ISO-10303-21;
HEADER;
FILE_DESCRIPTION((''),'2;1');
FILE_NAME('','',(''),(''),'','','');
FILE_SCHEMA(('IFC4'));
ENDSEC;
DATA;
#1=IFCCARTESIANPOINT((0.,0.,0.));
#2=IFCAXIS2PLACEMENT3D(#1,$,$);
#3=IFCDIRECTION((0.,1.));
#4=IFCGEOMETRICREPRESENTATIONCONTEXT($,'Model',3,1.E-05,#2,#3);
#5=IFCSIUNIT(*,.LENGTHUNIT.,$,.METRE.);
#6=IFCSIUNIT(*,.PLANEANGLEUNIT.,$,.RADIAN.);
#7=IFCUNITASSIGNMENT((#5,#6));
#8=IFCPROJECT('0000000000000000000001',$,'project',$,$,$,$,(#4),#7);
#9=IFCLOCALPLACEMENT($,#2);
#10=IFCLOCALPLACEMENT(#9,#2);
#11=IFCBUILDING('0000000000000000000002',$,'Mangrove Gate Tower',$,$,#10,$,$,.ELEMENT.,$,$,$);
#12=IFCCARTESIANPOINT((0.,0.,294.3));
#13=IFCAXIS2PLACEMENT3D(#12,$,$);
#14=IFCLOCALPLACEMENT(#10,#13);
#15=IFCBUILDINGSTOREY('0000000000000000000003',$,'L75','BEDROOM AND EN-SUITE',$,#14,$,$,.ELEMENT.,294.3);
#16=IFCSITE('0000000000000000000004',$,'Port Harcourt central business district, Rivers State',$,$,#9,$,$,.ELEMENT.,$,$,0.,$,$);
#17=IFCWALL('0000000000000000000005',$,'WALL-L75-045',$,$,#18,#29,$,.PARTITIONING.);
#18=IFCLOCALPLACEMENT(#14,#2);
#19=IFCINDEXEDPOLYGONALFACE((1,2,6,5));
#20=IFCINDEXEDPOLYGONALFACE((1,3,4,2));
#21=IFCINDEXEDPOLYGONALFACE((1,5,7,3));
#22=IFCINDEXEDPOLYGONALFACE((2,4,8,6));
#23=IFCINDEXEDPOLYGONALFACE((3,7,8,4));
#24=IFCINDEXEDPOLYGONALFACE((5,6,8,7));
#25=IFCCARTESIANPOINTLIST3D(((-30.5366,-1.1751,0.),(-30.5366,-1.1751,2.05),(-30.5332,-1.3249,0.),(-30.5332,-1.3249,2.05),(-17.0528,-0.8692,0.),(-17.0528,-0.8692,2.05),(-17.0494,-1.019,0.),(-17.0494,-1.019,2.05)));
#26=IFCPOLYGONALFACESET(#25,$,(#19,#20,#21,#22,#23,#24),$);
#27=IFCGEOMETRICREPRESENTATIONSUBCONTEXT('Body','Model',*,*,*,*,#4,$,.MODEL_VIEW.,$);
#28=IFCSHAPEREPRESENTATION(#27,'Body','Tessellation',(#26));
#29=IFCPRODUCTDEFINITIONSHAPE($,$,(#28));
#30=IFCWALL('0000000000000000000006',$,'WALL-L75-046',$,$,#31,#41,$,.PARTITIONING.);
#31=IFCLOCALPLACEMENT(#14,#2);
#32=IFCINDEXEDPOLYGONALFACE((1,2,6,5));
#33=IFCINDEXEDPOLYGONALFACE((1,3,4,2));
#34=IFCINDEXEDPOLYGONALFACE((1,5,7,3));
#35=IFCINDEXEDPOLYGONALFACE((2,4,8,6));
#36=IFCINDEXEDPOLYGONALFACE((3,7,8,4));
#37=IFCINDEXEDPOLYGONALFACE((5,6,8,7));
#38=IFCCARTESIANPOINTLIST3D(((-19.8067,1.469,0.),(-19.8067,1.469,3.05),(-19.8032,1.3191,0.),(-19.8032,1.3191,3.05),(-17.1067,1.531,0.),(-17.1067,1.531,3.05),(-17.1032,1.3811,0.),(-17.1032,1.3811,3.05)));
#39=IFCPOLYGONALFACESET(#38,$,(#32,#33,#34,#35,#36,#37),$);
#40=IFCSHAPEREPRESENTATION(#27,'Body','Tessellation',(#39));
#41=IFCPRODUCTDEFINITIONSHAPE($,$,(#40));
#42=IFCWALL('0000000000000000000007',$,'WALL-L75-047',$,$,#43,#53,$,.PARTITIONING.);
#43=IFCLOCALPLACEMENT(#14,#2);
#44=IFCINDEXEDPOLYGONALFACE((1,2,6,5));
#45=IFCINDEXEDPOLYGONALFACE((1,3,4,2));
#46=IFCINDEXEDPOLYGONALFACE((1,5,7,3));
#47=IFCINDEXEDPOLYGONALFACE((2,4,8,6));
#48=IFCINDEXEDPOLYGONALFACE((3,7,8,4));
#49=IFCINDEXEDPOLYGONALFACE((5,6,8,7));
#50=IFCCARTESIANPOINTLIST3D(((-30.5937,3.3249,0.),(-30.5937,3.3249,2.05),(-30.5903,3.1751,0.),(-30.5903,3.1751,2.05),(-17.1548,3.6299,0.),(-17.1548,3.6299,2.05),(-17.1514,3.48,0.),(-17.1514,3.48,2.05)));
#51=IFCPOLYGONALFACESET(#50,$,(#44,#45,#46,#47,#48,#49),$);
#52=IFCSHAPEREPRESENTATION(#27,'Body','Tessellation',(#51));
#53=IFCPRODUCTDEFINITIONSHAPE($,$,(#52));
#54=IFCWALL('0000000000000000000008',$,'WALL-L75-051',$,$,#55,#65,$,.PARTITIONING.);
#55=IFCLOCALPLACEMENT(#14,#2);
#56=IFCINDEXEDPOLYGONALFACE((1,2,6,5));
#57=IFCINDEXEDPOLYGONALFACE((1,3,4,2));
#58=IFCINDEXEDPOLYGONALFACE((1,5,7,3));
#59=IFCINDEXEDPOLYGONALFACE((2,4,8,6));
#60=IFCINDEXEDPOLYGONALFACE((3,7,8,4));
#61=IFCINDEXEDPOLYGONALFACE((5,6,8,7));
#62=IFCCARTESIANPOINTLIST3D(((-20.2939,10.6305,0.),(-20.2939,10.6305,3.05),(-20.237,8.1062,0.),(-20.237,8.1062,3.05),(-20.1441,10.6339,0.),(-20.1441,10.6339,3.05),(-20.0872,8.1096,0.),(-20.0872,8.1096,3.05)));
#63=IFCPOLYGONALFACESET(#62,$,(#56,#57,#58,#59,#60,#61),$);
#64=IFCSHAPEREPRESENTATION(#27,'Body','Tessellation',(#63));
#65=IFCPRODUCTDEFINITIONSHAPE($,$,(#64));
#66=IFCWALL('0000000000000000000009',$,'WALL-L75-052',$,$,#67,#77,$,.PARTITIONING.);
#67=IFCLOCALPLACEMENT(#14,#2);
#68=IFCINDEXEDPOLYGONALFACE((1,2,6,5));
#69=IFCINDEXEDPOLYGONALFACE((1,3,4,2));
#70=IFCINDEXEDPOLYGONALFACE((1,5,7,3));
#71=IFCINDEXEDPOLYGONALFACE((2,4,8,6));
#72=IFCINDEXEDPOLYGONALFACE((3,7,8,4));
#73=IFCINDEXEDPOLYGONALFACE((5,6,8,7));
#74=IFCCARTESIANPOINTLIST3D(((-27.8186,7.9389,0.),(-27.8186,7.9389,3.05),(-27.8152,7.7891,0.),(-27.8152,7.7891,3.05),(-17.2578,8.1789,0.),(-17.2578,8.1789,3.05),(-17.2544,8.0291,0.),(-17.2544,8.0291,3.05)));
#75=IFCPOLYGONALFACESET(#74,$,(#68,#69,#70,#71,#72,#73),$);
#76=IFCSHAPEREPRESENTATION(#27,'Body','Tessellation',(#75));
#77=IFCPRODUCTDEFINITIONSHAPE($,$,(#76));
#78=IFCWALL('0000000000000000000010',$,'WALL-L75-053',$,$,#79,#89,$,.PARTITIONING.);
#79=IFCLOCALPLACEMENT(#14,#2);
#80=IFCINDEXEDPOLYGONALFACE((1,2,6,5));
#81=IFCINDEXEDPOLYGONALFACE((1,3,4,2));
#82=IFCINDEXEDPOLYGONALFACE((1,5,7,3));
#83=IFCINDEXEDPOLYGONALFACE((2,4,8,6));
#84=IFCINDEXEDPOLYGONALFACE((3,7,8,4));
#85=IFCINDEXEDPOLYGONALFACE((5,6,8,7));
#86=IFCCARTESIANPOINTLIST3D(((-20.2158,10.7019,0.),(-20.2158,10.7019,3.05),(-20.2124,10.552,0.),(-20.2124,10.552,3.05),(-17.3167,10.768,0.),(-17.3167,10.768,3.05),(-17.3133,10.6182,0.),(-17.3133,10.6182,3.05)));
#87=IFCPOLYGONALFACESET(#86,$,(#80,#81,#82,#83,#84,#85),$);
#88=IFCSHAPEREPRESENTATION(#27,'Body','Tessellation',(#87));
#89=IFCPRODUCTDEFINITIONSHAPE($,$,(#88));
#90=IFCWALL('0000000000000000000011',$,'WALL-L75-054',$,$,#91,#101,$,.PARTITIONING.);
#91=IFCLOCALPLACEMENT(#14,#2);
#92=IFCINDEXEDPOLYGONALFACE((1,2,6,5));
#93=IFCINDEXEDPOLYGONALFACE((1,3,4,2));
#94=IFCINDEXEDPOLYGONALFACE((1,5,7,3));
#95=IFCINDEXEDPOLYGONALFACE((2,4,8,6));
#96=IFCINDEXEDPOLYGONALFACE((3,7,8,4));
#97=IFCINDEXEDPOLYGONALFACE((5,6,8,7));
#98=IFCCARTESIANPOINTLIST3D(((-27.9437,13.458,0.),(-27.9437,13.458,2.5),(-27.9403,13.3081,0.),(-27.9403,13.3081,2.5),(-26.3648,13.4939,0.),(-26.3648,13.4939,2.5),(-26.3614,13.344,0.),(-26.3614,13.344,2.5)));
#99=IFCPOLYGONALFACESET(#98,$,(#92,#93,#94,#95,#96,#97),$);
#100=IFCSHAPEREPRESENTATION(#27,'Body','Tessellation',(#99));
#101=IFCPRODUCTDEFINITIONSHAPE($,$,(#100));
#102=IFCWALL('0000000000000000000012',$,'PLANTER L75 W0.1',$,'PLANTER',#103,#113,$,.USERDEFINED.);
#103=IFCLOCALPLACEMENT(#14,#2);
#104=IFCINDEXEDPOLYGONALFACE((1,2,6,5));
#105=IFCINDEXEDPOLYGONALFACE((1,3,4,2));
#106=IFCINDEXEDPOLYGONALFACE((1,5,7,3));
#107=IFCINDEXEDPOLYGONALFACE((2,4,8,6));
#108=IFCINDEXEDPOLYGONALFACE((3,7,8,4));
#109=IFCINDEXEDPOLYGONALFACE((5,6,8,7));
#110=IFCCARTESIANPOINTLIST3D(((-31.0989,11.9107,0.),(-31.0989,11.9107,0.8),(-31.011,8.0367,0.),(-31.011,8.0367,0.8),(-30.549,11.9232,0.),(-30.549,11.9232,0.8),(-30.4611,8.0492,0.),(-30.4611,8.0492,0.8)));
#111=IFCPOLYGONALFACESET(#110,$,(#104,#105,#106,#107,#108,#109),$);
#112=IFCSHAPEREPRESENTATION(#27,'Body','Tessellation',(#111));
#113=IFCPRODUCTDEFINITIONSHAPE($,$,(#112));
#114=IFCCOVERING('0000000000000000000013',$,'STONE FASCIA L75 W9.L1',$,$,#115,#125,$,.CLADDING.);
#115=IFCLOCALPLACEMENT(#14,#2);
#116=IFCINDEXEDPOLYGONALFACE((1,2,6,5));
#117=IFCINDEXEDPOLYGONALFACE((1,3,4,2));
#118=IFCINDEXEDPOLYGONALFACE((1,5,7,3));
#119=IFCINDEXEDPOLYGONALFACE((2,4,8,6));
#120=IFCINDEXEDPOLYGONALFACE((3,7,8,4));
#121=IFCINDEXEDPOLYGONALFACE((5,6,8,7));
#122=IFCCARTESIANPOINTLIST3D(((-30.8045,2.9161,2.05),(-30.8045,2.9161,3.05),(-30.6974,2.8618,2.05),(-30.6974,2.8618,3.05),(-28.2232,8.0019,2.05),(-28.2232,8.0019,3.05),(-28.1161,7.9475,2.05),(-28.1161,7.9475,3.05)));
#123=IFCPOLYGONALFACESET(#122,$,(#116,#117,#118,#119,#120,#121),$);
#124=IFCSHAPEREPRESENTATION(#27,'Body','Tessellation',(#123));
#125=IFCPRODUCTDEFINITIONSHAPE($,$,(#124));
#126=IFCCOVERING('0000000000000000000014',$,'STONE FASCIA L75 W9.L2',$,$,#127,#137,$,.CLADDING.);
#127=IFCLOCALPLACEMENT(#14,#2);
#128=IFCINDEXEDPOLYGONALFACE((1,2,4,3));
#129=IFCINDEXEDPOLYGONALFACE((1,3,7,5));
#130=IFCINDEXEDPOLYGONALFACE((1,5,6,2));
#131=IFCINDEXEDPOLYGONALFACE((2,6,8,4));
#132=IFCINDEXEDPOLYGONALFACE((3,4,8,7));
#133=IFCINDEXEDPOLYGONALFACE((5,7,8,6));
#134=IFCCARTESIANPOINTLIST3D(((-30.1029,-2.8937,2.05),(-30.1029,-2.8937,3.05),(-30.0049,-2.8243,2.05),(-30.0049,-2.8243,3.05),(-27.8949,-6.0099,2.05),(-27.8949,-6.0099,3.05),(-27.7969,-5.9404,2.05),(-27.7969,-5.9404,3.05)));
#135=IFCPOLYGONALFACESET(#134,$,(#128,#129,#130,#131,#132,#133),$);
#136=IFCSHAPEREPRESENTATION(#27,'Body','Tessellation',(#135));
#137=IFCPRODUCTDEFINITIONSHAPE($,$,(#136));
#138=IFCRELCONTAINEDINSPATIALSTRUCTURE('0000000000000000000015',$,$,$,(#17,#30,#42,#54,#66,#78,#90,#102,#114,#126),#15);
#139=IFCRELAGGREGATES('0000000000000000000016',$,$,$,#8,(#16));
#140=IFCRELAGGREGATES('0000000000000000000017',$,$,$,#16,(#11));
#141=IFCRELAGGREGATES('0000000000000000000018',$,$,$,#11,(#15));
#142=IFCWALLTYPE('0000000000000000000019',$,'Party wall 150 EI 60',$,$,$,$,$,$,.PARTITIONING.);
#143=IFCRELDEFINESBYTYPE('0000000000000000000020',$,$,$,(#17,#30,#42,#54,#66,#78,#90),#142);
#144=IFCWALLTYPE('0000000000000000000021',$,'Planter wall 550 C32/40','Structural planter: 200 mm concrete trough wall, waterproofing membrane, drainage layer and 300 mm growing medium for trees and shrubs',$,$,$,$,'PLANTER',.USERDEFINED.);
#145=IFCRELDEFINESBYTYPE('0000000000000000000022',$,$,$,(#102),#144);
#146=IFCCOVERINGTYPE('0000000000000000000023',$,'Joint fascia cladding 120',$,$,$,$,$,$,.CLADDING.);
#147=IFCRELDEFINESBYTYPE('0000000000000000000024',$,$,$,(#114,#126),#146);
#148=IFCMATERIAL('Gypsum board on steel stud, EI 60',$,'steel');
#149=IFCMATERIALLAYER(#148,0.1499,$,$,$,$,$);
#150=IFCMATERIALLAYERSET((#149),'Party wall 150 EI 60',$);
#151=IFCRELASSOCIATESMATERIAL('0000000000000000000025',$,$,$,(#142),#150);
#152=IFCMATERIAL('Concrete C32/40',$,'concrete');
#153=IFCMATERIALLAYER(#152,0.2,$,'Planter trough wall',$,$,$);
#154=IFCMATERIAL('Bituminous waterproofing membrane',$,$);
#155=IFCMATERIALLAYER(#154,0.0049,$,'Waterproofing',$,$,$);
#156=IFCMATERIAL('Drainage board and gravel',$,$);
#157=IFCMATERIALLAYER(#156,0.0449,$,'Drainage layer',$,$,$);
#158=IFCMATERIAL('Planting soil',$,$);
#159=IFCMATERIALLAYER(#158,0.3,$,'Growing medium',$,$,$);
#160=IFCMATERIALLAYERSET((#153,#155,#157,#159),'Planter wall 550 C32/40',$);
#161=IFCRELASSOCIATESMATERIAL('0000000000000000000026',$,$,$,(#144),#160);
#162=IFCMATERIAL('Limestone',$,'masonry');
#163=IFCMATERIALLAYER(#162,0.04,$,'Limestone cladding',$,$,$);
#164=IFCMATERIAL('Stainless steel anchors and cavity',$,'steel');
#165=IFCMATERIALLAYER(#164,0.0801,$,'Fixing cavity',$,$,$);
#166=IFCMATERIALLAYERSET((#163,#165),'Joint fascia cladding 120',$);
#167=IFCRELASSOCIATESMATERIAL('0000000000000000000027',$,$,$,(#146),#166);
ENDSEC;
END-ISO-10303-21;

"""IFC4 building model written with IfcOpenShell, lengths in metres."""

from ifc_helpers import new_model, si_unit, direction, frame, frame_2d, origin, place, context, subcontext, project, spatial, rectangle, extrude, material, layer, layer_set, type_object, element, save


model = new_model("IFC4")

# Units and contexts
model_context = context("Model", 3, precision=1e-05, world=origin(), true_north=direction((0.0, 1.0)))
body_context = subcontext(model_context, "Body", "Model", "MODEL_VIEW")
ifc_project = project(units=[si_unit("LENGTHUNIT", "METRE"), si_unit("PLANEANGLEUNIT", "RADIAN")], contexts=[model_context])

# Site, building, storey
site_placement = place(None, origin())
site = spatial("IfcSite", under=ifc_project, at=site_placement, Name="Port Harcourt central business district, Rivers State", CompositionType="ELEMENT", RefElevation=0.0)
building_placement = place(site_placement, origin())
building = spatial("IfcBuilding", under=site, at=building_placement, Name="Mangrove Gate Tower", CompositionType="ELEMENT")
storey_placement = place(building_placement, frame((0.0, 0.0, 294.3)))
storey = spatial("IfcBuildingStorey", under=building, at=storey_placement, Name="L75", Description="BEDROOM AND EN-SUITE", CompositionType="ELEMENT", Elevation=294.3)

# Shared definitions
ifc_material_1 = material(Name="Limestone", Category="masonry")

# Walls
ifc_material_2 = material(Name="Gypsum board on steel stud, EI 60", Category="steel")
ifc_layer_1 = layer(ifc_material_2, 0.1499)
ifc_layer_set_1 = layer_set([ifc_layer_1], Name="Party wall 150 EI 60")
wall_type_1 = type_object("IfcWallType", Name="Party wall 150 EI 60", PredefinedType="PARTITIONING", material=ifc_layer_set_1)
wall_1_placement = place(storey_placement, frame((-30.5349, -1.25, 0.0), z_axis=(0.0, 0.0, 1.0), x_axis=(0.999743, 0.022681, 0.0)))
element("IfcWall", 1, at=wall_1_placement, inside=storey, type_object=wall_type_1, Name="WALL-L75-045", PredefinedType="PARTITIONING", context=body_context, shape_type="SweptSolid", body=[
    extrude(rectangle(XDim=13.4873, YDim=0.1499, at=frame_2d((6.7437, 0.0))), origin(), (0.0, 0.0, 1.0), 2.05),
])
wall_2_placement = place(storey_placement, frame((-19.8049, 1.394, 0.0), z_axis=(0.0, 0.0, 1.0), x_axis=(0.999736, 0.022962, 0.0)))
element("IfcWall", 2, at=wall_2_placement, inside=storey, type_object=wall_type_1, Name="WALL-L75-046", PredefinedType="PARTITIONING", context=body_context, shape_type="SweptSolid", body=[
    extrude(rectangle(XDim=2.7007, YDim=0.1499, at=frame_2d((1.3503, 0.0))), origin(), (0.0, 0.0, 1.0), 3.05),
])
wall_3_placement = place(storey_placement, frame((-30.592, 3.25, 0.0), z_axis=(0.0, 0.0, 1.0), x_axis=(0.999743, 0.022684, 0.0)))
element("IfcWall", 3, at=wall_3_placement, inside=storey, type_object=wall_type_1, Name="WALL-L75-047", PredefinedType="PARTITIONING", context=body_context, shape_type="SweptSolid", body=[
    extrude(rectangle(XDim=13.4424, YDim=0.1499, at=frame_2d((6.7212, 0.0))), origin(), (0.0, 0.0, 1.0), 2.05),
])
wall_4_placement = place(storey_placement, frame((-20.1621, 8.1079, 0.0), z_axis=(0.0, 0.0, 1.0), x_axis=(-0.02253, 0.999746, 0.0)))
element("IfcWall", 4, at=wall_4_placement, inside=storey, type_object=wall_type_1, Name="WALL-L75-051", PredefinedType="PARTITIONING", context=body_context, shape_type="SweptSolid", body=[
    extrude(rectangle(XDim=2.5249, YDim=0.1499, at=frame_2d((1.2625, 0.0))), origin(), (0.0, 0.0, 1.0), 3.05),
])
wall_5_placement = place(storey_placement, frame((-27.8169, 7.864, 0.0), z_axis=(0.0, 0.0, 1.0), x_axis=(0.999742, 0.022719, 0.0)))
element("IfcWall", 5, at=wall_5_placement, inside=storey, type_object=wall_type_1, Name="WALL-L75-052", PredefinedType="PARTITIONING", context=body_context, shape_type="SweptSolid", body=[
    extrude(rectangle(XDim=10.5635, YDim=0.1499, at=frame_2d((5.2817, 0.0))), origin(), (0.0, 0.0, 1.0), 3.05),
])
wall_6_placement = place(storey_placement, frame((-20.2141, 10.627, 0.0), z_axis=(0.0, 0.0, 1.0), x_axis=(0.99974, 0.022815, 0.0)))
element("IfcWall", 6, at=wall_6_placement, inside=storey, type_object=wall_type_1, Name="WALL-L75-053", PredefinedType="PARTITIONING", context=body_context, shape_type="SweptSolid", body=[
    extrude(rectangle(XDim=2.8999, YDim=0.1499, at=frame_2d((1.45, 0.0))), origin(), (0.0, 0.0, 1.0), 3.05),
])
wall_7_placement = place(storey_placement, frame((-27.9419, 13.3831, 0.0), z_axis=(0.0, 0.0, 1.0), x_axis=(0.999742, 0.022725, 0.0)))
element("IfcWall", 7, at=wall_7_placement, inside=storey, type_object=wall_type_1, Name="WALL-L75-054", PredefinedType="PARTITIONING", context=body_context, shape_type="SweptSolid", body=[
    extrude(rectangle(XDim=1.5793, YDim=0.1499, at=frame_2d((0.7896, 0.0))), origin(), (0.0, 0.0, 1.0), 2.5),
])
ifc_material_3 = material(Name="Concrete C32/40", Category="concrete")
ifc_layer_2 = layer(ifc_material_3, 0.2, Name="Planter trough wall")
ifc_material_4 = material(Name="Bituminous waterproofing membrane")
ifc_layer_3 = layer(ifc_material_4, 0.0049, Name="Waterproofing")
ifc_material_5 = material(Name="Drainage board and gravel")
ifc_layer_4 = layer(ifc_material_5, 0.0449, Name="Drainage layer")
ifc_material_6 = material(Name="Planting soil")
ifc_layer_5 = layer(ifc_material_6, 0.3, Name="Growing medium")
ifc_layer_set_2 = layer_set([ifc_layer_2, ifc_layer_3, ifc_layer_4, ifc_layer_5], Name="Planter wall 550 C32/40")
wall_type_2 = type_object("IfcWallType", Name="Planter wall 550 C32/40", Description="Structural planter: 200 mm concrete trough wall, waterproofing membrane, drainage layer and 300 mm growing medium for trees and shrubs", ElementType="PLANTER", PredefinedType="USERDEFINED", material=ifc_layer_set_2)
wall_8_placement = place(storey_placement, frame((-30.7361, 8.043, 0.0), z_axis=(0.0, 0.0, 1.0), x_axis=(-0.022681, 0.999743, 0.0)))
element("IfcWall", 8, at=wall_8_placement, inside=storey, type_object=wall_type_2, Name="PLANTER L75 W0.1", ObjectType="PLANTER", PredefinedType="USERDEFINED", context=body_context, shape_type="SweptSolid", body=[
    extrude(rectangle(XDim=3.875, YDim=0.55, at=frame_2d((1.9375, 0.0))), origin(), (0.0, 0.0, 1.0), 0.8),
])

# Coverings
ifc_layer_6 = layer(ifc_material_1, 0.04, Name="Limestone cladding")
ifc_material_7 = material(Name="Stainless steel anchors and cavity", Category="steel")
ifc_layer_7 = layer(ifc_material_7, 0.0801, Name="Fixing cavity")
ifc_layer_set_3 = layer_set([ifc_layer_6, ifc_layer_7], Name="Joint fascia cladding 120")
covering_type = type_object("IfcCoveringType", Name="Joint fascia cladding 120", PredefinedType="CLADDING", material=ifc_layer_set_3)
covering_1_placement = place(storey_placement, frame((-28.1697, 7.9746, 2.05), z_axis=(0.0, 0.0, 1.0), x_axis=(-0.452599, -0.891714, 0.0)))
element("IfcCovering", 9, at=covering_1_placement, inside=storey, type_object=covering_type, Name="STONE FASCIA L75 W9.L1", PredefinedType="CLADDING", context=body_context, shape_type="SweptSolid", body=[
    extrude(rectangle(XDim=5.7034, YDim=0.1201, at=frame_2d((2.8516, 0.0))), origin(), (0.0, 0.0, 1.0), 1.0),
])
covering_2_placement = place(storey_placement, frame((-30.054, -2.8589, 2.05), z_axis=(0.0, 0.0, 1.0), x_axis=(0.578138, -0.815939, 0.0)))
element("IfcCovering", 10, at=covering_2_placement, inside=storey, type_object=covering_type, Name="STONE FASCIA L75 W9.L2", PredefinedType="CLADDING", context=body_context, shape_type="SweptSolid", body=[
    extrude(rectangle(XDim=3.8191, YDim=0.1201, at=frame_2d((1.9097, 0.0))), origin(), (0.0, 0.0, 1.0), 1.0),
])

save(model, "model.ifc")
